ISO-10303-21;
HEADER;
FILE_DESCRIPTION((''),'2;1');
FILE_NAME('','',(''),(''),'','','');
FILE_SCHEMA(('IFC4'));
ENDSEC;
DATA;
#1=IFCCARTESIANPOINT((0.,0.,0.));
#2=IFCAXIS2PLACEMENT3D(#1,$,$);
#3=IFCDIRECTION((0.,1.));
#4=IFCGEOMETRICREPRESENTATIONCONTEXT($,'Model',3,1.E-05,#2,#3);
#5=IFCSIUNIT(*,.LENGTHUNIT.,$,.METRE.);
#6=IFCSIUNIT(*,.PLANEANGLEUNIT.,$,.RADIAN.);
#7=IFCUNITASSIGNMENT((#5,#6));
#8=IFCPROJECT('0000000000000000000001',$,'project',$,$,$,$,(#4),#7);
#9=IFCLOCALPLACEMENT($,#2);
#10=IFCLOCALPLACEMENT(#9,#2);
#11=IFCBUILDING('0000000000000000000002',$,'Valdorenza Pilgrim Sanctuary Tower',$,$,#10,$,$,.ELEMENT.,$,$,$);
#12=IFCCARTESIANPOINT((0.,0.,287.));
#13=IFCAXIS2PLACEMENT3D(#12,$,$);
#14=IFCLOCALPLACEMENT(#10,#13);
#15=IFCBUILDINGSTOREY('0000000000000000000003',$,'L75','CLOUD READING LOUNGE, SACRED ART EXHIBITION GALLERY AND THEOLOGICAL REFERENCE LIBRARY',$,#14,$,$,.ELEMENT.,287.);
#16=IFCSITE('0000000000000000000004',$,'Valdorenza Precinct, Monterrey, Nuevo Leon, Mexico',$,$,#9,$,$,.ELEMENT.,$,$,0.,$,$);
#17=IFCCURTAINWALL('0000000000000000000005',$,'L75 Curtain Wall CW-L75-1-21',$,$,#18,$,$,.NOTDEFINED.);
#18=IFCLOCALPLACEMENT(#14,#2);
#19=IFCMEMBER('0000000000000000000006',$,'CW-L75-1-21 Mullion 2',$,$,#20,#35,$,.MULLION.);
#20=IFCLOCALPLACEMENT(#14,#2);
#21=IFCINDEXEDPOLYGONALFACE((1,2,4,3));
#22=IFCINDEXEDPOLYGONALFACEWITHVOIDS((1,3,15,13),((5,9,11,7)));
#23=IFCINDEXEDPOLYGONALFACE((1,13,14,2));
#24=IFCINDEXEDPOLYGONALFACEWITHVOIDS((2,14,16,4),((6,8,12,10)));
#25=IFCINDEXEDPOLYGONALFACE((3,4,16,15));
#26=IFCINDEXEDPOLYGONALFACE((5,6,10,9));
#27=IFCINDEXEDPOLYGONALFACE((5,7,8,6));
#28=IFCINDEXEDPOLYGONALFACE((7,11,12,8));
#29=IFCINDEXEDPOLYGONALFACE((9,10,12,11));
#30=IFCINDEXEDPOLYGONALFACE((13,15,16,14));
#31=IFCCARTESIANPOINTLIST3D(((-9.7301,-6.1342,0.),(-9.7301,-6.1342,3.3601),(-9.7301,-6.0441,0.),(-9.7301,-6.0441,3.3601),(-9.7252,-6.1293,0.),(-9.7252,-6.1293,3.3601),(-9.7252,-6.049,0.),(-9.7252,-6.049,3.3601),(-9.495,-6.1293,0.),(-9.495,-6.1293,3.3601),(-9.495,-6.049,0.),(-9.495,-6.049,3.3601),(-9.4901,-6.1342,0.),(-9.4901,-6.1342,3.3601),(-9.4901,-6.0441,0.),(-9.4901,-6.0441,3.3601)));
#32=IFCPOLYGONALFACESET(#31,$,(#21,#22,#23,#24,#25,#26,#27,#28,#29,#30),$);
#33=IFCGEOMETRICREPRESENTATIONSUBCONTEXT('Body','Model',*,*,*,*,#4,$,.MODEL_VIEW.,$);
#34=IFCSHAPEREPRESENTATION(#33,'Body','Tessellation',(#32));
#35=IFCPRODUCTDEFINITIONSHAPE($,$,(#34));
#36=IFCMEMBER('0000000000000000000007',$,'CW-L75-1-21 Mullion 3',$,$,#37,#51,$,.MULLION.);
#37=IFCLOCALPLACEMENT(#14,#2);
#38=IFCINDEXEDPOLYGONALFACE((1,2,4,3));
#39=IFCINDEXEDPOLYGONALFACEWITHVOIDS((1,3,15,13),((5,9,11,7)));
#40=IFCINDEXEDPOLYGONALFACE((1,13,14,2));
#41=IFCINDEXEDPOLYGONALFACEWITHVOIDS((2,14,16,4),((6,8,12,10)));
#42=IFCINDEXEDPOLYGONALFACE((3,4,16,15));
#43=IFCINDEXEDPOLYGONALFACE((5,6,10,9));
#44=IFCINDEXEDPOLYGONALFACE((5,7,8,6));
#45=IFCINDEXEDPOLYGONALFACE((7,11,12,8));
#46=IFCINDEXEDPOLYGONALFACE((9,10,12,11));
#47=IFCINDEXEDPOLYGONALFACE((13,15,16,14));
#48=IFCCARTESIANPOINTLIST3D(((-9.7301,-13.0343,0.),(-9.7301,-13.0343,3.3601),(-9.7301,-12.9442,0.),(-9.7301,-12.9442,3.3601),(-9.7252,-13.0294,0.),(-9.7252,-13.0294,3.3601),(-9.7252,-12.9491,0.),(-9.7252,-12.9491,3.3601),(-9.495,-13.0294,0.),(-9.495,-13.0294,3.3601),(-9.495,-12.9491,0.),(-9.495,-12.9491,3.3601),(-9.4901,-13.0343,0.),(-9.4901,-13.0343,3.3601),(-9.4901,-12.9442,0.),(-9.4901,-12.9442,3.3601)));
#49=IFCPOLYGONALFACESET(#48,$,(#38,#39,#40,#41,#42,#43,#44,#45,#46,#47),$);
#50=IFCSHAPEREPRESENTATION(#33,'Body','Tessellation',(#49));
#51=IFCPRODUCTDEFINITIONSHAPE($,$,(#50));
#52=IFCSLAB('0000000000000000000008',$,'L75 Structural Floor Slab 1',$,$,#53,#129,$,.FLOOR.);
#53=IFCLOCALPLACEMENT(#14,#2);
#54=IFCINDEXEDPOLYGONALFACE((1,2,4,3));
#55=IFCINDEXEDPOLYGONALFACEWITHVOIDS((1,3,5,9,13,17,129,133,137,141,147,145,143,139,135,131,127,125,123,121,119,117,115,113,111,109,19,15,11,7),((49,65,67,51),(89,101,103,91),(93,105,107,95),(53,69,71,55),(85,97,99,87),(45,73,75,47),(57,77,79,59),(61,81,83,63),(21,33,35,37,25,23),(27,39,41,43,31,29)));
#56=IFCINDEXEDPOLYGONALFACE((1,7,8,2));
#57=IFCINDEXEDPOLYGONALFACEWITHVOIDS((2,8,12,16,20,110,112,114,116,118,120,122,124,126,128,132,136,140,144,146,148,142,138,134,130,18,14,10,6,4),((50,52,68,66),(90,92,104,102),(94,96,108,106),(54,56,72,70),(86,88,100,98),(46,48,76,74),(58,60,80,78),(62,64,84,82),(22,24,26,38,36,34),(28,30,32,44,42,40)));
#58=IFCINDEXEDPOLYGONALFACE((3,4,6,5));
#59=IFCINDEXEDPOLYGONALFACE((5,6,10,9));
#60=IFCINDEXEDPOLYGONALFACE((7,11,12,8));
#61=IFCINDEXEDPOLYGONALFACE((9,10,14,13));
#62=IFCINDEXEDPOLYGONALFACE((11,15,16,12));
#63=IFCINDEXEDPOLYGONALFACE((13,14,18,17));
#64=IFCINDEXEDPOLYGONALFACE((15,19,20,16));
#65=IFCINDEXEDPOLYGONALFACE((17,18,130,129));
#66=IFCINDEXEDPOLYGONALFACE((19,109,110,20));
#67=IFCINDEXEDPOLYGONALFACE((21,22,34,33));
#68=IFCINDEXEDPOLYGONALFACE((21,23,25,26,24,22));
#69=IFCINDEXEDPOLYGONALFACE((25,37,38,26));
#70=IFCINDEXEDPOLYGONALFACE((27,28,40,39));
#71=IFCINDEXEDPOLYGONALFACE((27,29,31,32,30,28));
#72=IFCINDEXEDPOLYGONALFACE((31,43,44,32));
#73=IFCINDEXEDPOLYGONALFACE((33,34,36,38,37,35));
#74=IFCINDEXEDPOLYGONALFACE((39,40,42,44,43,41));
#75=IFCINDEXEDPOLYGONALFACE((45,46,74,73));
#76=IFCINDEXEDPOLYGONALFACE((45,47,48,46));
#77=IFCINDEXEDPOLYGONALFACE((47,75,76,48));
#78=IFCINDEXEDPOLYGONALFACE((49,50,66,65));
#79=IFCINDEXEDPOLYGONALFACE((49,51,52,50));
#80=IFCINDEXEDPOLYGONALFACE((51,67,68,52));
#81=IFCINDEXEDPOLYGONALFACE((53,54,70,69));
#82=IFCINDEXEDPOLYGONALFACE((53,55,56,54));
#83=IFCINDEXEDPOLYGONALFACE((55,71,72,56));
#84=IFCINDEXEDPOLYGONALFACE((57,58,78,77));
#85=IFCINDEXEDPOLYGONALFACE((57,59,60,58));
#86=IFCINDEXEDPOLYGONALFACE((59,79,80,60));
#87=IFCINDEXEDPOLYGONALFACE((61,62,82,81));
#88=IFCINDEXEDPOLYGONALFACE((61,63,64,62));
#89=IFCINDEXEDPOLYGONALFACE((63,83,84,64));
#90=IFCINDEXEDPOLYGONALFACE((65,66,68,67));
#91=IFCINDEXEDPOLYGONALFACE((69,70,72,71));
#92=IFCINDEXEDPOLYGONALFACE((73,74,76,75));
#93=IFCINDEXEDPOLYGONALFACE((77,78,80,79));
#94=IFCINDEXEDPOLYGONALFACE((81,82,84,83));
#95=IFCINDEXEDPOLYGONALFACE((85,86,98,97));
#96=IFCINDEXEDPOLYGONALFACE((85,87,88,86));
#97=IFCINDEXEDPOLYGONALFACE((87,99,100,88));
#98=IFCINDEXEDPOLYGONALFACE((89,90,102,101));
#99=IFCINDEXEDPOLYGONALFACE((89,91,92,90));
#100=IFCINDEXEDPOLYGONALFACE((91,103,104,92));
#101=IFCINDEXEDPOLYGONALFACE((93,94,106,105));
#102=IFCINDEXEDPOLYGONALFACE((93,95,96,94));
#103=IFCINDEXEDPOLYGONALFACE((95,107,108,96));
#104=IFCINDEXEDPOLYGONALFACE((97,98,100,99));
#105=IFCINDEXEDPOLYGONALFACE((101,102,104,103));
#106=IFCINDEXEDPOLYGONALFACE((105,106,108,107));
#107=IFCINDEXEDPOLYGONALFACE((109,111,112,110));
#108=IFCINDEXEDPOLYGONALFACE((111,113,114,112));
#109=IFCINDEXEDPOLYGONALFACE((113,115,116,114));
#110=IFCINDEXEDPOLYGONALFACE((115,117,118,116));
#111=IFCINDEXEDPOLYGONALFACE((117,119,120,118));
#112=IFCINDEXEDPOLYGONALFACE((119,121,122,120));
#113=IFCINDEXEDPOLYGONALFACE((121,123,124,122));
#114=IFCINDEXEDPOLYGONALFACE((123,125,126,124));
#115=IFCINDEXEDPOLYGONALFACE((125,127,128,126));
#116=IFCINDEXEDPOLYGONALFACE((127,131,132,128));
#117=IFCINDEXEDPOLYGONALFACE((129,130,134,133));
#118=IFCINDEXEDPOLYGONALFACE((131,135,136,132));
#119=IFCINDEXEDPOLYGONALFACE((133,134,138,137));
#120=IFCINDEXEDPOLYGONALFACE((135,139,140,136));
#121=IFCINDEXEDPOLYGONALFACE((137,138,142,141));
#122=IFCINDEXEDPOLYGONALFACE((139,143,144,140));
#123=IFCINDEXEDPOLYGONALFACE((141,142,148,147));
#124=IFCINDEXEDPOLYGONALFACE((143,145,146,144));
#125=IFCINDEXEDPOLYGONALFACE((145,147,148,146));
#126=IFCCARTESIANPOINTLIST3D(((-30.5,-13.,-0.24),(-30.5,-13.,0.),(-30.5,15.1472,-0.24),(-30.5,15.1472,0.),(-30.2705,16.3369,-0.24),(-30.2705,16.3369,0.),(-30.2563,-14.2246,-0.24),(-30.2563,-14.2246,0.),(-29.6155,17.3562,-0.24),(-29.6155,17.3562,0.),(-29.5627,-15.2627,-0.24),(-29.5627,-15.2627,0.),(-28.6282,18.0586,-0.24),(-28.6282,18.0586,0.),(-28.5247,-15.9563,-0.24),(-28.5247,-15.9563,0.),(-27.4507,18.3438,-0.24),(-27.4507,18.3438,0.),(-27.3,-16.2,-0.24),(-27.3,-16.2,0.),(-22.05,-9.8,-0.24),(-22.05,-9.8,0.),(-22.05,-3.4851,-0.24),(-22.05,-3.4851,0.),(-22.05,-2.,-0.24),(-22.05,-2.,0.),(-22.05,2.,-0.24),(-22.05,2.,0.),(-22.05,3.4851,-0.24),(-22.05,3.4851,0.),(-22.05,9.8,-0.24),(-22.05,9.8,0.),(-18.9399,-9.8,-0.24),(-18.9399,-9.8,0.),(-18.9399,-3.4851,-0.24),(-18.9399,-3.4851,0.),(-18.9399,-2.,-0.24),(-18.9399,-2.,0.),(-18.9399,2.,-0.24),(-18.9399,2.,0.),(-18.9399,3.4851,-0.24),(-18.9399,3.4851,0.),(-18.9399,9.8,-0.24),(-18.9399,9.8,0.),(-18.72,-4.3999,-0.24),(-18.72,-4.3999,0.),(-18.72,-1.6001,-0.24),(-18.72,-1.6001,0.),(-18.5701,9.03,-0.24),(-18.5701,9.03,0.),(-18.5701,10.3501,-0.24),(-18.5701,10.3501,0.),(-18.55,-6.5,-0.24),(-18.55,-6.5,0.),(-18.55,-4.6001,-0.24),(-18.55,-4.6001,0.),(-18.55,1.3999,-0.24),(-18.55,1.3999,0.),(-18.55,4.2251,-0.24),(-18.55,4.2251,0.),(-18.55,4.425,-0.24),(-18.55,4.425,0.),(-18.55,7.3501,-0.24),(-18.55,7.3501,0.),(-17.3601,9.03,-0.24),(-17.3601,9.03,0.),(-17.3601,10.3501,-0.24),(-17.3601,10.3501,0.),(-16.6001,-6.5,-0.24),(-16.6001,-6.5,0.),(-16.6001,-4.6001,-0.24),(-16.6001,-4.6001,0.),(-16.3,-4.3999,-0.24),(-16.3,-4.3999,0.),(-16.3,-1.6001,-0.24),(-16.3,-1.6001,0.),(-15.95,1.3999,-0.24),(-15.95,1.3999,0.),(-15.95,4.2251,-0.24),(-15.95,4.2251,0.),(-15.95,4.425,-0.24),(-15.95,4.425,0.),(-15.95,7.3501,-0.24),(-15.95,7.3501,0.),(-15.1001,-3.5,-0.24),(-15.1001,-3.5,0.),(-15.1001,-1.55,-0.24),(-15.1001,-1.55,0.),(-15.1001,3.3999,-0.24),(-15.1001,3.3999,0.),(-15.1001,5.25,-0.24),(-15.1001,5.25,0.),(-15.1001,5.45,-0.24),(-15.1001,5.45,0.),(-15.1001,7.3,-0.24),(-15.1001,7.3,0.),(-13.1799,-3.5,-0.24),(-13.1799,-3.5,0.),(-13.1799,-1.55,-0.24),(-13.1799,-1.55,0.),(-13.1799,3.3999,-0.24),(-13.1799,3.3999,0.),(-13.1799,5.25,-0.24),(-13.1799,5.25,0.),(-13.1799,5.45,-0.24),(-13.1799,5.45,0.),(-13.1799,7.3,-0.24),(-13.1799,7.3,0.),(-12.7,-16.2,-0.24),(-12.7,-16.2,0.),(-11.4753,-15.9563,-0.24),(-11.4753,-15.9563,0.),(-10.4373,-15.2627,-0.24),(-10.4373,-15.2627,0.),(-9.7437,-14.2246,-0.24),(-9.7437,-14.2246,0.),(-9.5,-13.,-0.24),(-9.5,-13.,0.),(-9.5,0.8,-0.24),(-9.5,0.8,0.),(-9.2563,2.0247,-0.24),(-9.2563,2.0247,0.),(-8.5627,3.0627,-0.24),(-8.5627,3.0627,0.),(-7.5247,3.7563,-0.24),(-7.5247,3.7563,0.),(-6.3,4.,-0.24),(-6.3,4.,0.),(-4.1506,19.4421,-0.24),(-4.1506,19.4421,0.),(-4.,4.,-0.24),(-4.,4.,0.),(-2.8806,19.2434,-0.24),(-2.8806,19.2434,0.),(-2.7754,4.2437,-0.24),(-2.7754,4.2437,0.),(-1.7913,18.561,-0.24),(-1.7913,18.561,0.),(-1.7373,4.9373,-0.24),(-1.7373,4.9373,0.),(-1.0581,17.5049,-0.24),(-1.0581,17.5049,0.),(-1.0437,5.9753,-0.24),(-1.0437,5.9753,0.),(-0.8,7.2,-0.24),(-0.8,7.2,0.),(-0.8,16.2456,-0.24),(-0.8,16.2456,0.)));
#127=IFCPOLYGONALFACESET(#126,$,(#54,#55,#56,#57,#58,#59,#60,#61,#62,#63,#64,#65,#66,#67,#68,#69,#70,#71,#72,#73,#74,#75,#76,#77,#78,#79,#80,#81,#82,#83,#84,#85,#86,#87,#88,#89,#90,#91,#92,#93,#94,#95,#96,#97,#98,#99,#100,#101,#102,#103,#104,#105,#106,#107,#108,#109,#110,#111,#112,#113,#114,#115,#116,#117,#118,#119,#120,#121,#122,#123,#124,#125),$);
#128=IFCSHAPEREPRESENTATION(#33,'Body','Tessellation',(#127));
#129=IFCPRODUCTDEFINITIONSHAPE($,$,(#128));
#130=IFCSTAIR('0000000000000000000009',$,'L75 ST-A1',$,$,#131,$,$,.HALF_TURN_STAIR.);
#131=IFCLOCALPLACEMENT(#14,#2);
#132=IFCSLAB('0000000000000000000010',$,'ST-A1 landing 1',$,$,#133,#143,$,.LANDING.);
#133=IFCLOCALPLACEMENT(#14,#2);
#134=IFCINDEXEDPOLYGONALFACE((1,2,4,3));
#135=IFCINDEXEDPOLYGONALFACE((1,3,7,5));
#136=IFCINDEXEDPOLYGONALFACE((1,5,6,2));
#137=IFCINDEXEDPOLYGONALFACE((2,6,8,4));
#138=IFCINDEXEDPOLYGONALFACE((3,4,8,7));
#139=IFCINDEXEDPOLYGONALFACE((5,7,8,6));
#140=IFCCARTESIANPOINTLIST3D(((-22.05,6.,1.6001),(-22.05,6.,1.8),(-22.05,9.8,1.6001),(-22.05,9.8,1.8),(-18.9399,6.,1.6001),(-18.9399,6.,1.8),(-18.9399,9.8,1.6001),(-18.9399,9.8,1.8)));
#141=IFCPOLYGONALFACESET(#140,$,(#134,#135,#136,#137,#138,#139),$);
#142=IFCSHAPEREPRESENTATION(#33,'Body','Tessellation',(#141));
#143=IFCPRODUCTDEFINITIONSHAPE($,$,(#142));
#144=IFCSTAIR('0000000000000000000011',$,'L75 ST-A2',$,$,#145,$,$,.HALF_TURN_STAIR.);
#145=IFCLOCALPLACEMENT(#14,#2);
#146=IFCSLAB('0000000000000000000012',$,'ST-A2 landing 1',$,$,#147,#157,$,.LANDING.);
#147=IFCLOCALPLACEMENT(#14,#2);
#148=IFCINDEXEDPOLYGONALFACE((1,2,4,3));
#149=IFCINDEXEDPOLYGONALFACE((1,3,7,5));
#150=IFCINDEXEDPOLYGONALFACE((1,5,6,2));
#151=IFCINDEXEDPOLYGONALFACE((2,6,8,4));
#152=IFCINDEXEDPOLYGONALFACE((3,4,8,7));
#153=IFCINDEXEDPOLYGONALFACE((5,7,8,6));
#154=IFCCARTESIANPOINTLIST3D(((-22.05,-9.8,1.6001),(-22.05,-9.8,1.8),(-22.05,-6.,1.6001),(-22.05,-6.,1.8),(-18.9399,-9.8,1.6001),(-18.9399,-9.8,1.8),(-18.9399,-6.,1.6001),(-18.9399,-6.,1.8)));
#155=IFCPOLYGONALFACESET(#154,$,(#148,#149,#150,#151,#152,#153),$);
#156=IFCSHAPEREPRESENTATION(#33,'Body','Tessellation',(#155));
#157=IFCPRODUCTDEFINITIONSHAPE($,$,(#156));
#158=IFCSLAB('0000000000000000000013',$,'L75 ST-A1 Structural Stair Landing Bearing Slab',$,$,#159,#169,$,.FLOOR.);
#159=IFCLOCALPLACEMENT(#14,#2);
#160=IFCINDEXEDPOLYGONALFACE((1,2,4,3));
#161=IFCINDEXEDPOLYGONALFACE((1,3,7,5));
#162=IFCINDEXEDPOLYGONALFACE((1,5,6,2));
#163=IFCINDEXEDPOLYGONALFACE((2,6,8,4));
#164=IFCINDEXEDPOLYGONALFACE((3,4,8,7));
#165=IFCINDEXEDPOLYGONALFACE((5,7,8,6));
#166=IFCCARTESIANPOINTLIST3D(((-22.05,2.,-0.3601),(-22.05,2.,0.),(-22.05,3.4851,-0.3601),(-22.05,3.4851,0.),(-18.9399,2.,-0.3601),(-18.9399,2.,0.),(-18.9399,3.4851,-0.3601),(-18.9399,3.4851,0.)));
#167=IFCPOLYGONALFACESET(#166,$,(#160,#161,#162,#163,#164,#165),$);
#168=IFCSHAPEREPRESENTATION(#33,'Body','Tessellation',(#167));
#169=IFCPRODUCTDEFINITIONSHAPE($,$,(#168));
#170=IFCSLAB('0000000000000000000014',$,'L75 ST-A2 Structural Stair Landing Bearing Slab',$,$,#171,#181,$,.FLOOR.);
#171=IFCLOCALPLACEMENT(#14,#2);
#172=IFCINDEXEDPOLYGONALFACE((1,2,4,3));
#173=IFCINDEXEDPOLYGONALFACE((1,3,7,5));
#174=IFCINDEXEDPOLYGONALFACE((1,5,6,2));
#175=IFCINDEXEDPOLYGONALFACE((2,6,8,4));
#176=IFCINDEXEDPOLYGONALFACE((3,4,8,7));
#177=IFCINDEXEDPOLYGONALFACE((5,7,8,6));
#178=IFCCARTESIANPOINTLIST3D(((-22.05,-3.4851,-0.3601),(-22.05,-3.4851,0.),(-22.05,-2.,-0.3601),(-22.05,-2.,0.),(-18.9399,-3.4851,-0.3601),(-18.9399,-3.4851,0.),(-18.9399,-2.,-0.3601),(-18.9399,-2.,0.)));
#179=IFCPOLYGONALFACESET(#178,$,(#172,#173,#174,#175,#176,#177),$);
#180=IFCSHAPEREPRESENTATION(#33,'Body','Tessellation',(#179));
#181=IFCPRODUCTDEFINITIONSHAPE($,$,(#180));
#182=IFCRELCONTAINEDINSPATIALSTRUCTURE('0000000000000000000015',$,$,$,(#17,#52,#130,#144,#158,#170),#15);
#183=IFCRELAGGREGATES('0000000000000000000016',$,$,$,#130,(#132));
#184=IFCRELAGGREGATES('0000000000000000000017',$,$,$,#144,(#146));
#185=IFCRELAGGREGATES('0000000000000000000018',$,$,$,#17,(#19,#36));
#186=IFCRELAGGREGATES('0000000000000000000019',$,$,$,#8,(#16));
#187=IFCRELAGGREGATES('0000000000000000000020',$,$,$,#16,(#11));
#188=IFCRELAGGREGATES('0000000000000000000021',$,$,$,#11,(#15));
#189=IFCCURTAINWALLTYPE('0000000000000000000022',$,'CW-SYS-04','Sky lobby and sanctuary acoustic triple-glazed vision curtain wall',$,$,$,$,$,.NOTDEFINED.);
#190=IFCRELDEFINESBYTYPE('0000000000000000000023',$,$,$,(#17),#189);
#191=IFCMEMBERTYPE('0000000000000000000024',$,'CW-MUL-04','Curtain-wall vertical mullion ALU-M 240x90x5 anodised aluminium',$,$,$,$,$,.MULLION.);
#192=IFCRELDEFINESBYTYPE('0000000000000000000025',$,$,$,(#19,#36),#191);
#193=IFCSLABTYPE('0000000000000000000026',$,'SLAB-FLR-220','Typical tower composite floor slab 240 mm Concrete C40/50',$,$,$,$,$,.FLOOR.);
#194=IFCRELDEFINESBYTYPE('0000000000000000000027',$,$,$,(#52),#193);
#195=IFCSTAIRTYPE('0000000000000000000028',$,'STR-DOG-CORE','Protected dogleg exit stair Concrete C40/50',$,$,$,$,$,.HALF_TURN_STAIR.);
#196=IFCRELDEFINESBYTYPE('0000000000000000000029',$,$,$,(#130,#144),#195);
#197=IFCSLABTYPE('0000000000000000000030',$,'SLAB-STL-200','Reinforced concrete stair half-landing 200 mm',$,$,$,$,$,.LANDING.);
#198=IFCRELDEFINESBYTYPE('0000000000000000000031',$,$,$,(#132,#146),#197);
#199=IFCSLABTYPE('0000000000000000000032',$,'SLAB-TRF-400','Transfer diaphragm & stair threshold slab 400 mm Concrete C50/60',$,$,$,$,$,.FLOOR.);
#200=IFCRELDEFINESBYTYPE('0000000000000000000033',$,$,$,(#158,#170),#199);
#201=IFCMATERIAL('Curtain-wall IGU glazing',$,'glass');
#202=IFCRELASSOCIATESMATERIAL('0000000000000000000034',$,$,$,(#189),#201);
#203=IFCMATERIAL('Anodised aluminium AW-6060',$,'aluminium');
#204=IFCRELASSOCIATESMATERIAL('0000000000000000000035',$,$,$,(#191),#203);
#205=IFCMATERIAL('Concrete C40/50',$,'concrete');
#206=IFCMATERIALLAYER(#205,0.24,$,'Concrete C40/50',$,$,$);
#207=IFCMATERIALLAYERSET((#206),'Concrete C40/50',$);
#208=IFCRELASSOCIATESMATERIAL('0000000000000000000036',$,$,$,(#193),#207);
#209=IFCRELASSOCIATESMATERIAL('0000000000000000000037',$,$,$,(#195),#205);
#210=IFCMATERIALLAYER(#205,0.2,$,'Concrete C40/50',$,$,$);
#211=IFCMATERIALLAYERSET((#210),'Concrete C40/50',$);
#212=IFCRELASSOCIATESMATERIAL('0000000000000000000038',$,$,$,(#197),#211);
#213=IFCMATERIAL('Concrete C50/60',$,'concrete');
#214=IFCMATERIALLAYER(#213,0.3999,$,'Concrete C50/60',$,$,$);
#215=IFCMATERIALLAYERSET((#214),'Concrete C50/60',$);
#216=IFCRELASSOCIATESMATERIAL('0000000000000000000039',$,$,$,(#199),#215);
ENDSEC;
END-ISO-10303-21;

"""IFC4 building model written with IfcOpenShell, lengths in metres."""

from ifc_helpers import new_model, si_unit, direction, frame, origin, origin_2d, place, context, subcontext, project, spatial, polyline, hollow_rectangle, outline, extrude, source, transform, mapped, material, layer, layer_set, material_profile, profile_set, type_object, element, aggregate, save


model = new_model("IFC4")

# Units and contexts
model_context = context("Model", 3, precision=1e-05, world=origin(), true_north=direction((0.0, 1.0)))
body_context = subcontext(model_context, "Body", "Model", "MODEL_VIEW")
ifc_project = project(units=[si_unit("LENGTHUNIT", "METRE"), si_unit("PLANEANGLEUNIT", "RADIAN")], contexts=[model_context])

# Site, building, storey
site_placement = place(None, origin())
site = spatial("IfcSite", under=ifc_project, at=site_placement, Name="Valdorenza Precinct, Monterrey, Nuevo Leon, Mexico", CompositionType="ELEMENT", RefElevation=0.0)
building_placement = place(site_placement, origin())
building = spatial("IfcBuilding", under=site, at=building_placement, Name="Valdorenza Pilgrim Sanctuary Tower", CompositionType="ELEMENT")
storey_placement = place(building_placement, frame((0.0, 0.0, 287.0)))
storey = spatial("IfcBuildingStorey", under=building, at=storey_placement, Name="L75", Description="CLOUD READING LOUNGE, SACRED ART EXHIBITION GALLERY AND THEOLOGICAL REFERENCE LIBRARY", CompositionType="ELEMENT", Elevation=287.0)

# Curtain wall, members
ifc_material_1 = material(Name="Curtain-wall IGU glazing", Category="glass")
curtain_wall_type = type_object("IfcCurtainWallType", Name="CW-SYS-04", Description="Sky lobby and sanctuary acoustic triple-glazed vision curtain wall", PredefinedType="NOTDEFINED", material=ifc_material_1)
curtain_wall_placement = place(storey_placement, origin())
curtain_wall = element("IfcCurtainWall", 1, at=curtain_wall_placement, inside=storey, type_object=curtain_wall_type, Name="L75 Curtain Wall CW-L75-1-21", PredefinedType="NOTDEFINED")
ifc_material_2 = material(Name="Anodised aluminium AW-6060", Category="aluminium")
ifc_material_profile = material_profile(ifc_material_2, hollow_rectangle(XDim=0.0901, YDim=0.24, WallThickness=0.0049, at=origin_2d()), Name="ALU-M 240x90x5")
ifc_profile_set = profile_set([ifc_material_profile], Name="Anodised aluminium AW-6060")
member_type = type_object("IfcMemberType", Name="CW-MUL-04", Description="Curtain-wall vertical mullion ALU-M 240x90x5 anodised aluminium", PredefinedType="MULLION", material=ifc_profile_set)
shared_shape_1 = source(origin(), body_context, "Body", "SweptSolid", [
    extrude(hollow_rectangle(XDim=0.0901, YDim=0.24, WallThickness=0.0049, at=origin_2d()), origin(), (0.0, 0.0, 1.0), 3.3601),
])
member_1_placement = place(storey_placement, frame((-9.6101, -6.0891, 0.0), z_axis=(0.0, 0.0, 1.0), x_axis=(0.0, -1.0, 0.0)))
member_1 = element("IfcMember", 2, at=member_1_placement, type_object=member_type, Name="CW-L75-1-21 Mullion 2", PredefinedType="MULLION", context=body_context, shape_type="MappedRepresentation", body=[
    mapped(shared_shape_1, transform((0.0, 0.0, 0.0), x_axis=(1.0, 0.0, 0.0), y_axis=(0.0, 1.0, 0.0), z_axis=(0.0, 0.0, 1.0), scale=1.0)),
])
member_2_placement = place(storey_placement, frame((-9.6101, -12.9893, 0.0), z_axis=(0.0, 0.0, 1.0), x_axis=(0.0, -1.0, 0.0)))
member_2 = element("IfcMember", 3, at=member_2_placement, type_object=member_type, Name="CW-L75-1-21 Mullion 3", PredefinedType="MULLION", context=body_context, shape_type="MappedRepresentation", body=[
    mapped(shared_shape_1, transform((0.0, 0.0, 0.0), x_axis=(1.0, 0.0, 0.0), y_axis=(0.0, 1.0, 0.0), z_axis=(0.0, 0.0, 1.0), scale=1.0)),
])

# Slab
ifc_material_3 = material(Name="Concrete C40/50", Category="concrete")
ifc_layer_1 = layer(ifc_material_3, 0.24, Name="Concrete C40/50")
ifc_layer_set_1 = layer_set([ifc_layer_1], Name="Concrete C40/50")
slab_type_1 = type_object("IfcSlabType", Name="SLAB-FLR-220", Description="Typical tower composite floor slab 240 mm Concrete C40/50", PredefinedType="FLOOR", material=ifc_layer_set_1)
slab_1_placement = place(storey_placement, frame((0.0, 0.0, -0.24)))
element("IfcSlab", 4, at=slab_1_placement, inside=storey, type_object=slab_type_1, Name="L75 Structural Floor Slab 1", PredefinedType="FLOOR", context=body_context, shape_type="SweptSolid", body=[
    extrude(outline(polyline([(-30.5, 15.1472), (-30.2705, 16.3369), (-29.6155, 17.3562), (-28.6282, 18.0586), (-27.4507, 18.3438), (-4.1506, 19.4421), (-2.8806, 19.2434), (-1.7913, 18.561), (-1.0581, 17.5049), (-0.8, 16.2456), (-0.8, 7.2), (-1.0437, 5.9753), (-1.7373, 4.9373), (-2.7754, 4.2437), (-4.0, 4.0), (-6.3, 4.0), (-7.5247, 3.7563), (-8.5627, 3.0627), (-9.2563, 2.0247), (-9.5, 0.8), (-9.5, -13.0), (-9.7437, -14.2246), (-10.4373, -15.2627), (-11.4753, -15.9563), (-12.7, -16.2), (-27.3, -16.2), (-28.5247, -15.9563), (-29.5627, -15.2627), (-30.2563, -14.2246), (-30.5, -13.0), (-30.5, 15.1472)]), holes=[polyline([(-22.05, -9.8), (-18.9399, -9.8), (-18.9399, -3.4851), (-18.9399, -2.0), (-22.05, -2.0), (-22.05, -3.4851), (-22.05, -9.8)]), polyline([(-16.6001, -6.5), (-16.6001, -4.6001), (-18.55, -4.6001), (-18.55, -6.5), (-16.6001, -6.5)]), polyline([(-22.05, 2.0), (-18.9399, 2.0), (-18.9399, 3.4851), (-18.9399, 9.8), (-22.05, 9.8), (-22.05, 3.4851), (-22.05, 2.0)]), polyline([(-17.3601, 9.03), (-17.3601, 10.3501), (-18.5701, 10.3501), (-18.5701, 9.03), (-17.3601, 9.03)]), polyline([(-16.3, -1.6001), (-18.72, -1.6001), (-18.72, -4.3999), (-16.3, -4.3999), (-16.3, -1.6001)]), polyline([(-13.1799, -3.5), (-13.1799, -1.55), (-15.1001, -1.55), (-15.1001, -3.5), (-13.1799, -3.5)]), polyline([(-15.95, 1.3999), (-15.95, 4.2251), (-18.55, 4.2251), (-18.55, 1.3999), (-15.95, 1.3999)]), polyline([(-13.1799, 5.25), (-15.1001, 5.25), (-15.1001, 3.3999), (-13.1799, 3.3999), (-13.1799, 5.25)]), polyline([(-15.95, 4.425), (-15.95, 7.3501), (-18.55, 7.3501), (-18.55, 4.425), (-15.95, 4.425)]), polyline([(-13.1799, 5.45), (-13.1799, 7.3), (-15.1001, 7.3), (-15.1001, 5.45), (-13.1799, 5.45)])]), origin(), (0.0, 0.0, 1.0), 0.24),
])

# Stairs, slabs
stair_type = type_object("IfcStairType", Name="STR-DOG-CORE", Description="Protected dogleg exit stair Concrete C40/50", PredefinedType="HALF_TURN_STAIR", material=ifc_material_3)
stair_1_placement = place(storey_placement, origin())
stair_1 = element("IfcStair", 5, at=stair_1_placement, inside=storey, type_object=stair_type, Name="L75 ST-A1", PredefinedType="HALF_TURN_STAIR")
ifc_layer_2 = layer(ifc_material_3, 0.2, Name="Concrete C40/50")
ifc_layer_set_2 = layer_set([ifc_layer_2], Name="Concrete C40/50")
slab_type_2 = type_object("IfcSlabType", Name="SLAB-STL-200", Description="Reinforced concrete stair half-landing 200 mm", PredefinedType="LANDING", material=ifc_layer_set_2)
slab_2_placement = place(storey_placement, frame((0.0, 0.0, 1.6001)))
slab_2 = element("IfcSlab", 6, at=slab_2_placement, type_object=slab_type_2, Name="ST-A1 landing 1", PredefinedType="LANDING", context=body_context, shape_type="SweptSolid", body=[
    extrude(outline(polyline([(-18.9399, 6.0), (-18.9399, 9.8), (-22.05, 9.8), (-22.05, 6.0), (-18.9399, 6.0)])), origin(), (0.0, 0.0, 1.0), 0.2),
])
aggregate(stair_1, [slab_2])
stair_2_placement = place(storey_placement, origin())
stair_2 = element("IfcStair", 7, at=stair_2_placement, inside=storey, type_object=stair_type, Name="L75 ST-A2", PredefinedType="HALF_TURN_STAIR")
slab_3_placement = place(storey_placement, frame((0.0, 0.0, 1.6001)))
slab_3 = element("IfcSlab", 8, at=slab_3_placement, type_object=slab_type_2, Name="ST-A2 landing 1", PredefinedType="LANDING", context=body_context, shape_type="SweptSolid", body=[
    extrude(outline(polyline([(-22.05, -6.0), (-22.05, -9.8), (-18.9399, -9.8), (-18.9399, -6.0), (-22.05, -6.0)])), origin(), (0.0, 0.0, 1.0), 0.2),
])
aggregate(stair_2, [slab_3])

# Slabs
ifc_material_4 = material(Name="Concrete C50/60", Category="concrete")
ifc_layer_3 = layer(ifc_material_4, 0.3999, Name="Concrete C50/60")
ifc_layer_set_3 = layer_set([ifc_layer_3], Name="Concrete C50/60")
slab_type_3 = type_object("IfcSlabType", Name="SLAB-TRF-400", Description="Transfer diaphragm & stair threshold slab 400 mm Concrete C50/60", PredefinedType="FLOOR", material=ifc_layer_set_3)
slab_4_placement = place(storey_placement, frame((0.0, 0.0, -0.3601)))
element("IfcSlab", 9, at=slab_4_placement, inside=storey, type_object=slab_type_3, Name="L75 ST-A1 Structural Stair Landing Bearing Slab", PredefinedType="FLOOR", context=body_context, shape_type="SweptSolid", body=[
    extrude(outline(polyline([(-22.05, 2.0), (-18.9399, 2.0), (-18.9399, 3.4851), (-22.05, 3.4851), (-22.05, 2.0)])), origin(), (0.0, 0.0, 1.0), 0.3601),
])
slab_5_placement = place(storey_placement, frame((0.0, 0.0, -0.3601)))
element("IfcSlab", 10, at=slab_5_placement, inside=storey, type_object=slab_type_3, Name="L75 ST-A2 Structural Stair Landing Bearing Slab", PredefinedType="FLOOR", context=body_context, shape_type="SweptSolid", body=[
    extrude(outline(polyline([(-22.05, -3.4851), (-18.9399, -3.4851), (-18.9399, -2.0), (-22.05, -2.0), (-22.05, -3.4851)])), origin(), (0.0, 0.0, 1.0), 0.3601),
])

aggregate(curtain_wall, [member_1, member_2])

save(model, "model.ifc")
